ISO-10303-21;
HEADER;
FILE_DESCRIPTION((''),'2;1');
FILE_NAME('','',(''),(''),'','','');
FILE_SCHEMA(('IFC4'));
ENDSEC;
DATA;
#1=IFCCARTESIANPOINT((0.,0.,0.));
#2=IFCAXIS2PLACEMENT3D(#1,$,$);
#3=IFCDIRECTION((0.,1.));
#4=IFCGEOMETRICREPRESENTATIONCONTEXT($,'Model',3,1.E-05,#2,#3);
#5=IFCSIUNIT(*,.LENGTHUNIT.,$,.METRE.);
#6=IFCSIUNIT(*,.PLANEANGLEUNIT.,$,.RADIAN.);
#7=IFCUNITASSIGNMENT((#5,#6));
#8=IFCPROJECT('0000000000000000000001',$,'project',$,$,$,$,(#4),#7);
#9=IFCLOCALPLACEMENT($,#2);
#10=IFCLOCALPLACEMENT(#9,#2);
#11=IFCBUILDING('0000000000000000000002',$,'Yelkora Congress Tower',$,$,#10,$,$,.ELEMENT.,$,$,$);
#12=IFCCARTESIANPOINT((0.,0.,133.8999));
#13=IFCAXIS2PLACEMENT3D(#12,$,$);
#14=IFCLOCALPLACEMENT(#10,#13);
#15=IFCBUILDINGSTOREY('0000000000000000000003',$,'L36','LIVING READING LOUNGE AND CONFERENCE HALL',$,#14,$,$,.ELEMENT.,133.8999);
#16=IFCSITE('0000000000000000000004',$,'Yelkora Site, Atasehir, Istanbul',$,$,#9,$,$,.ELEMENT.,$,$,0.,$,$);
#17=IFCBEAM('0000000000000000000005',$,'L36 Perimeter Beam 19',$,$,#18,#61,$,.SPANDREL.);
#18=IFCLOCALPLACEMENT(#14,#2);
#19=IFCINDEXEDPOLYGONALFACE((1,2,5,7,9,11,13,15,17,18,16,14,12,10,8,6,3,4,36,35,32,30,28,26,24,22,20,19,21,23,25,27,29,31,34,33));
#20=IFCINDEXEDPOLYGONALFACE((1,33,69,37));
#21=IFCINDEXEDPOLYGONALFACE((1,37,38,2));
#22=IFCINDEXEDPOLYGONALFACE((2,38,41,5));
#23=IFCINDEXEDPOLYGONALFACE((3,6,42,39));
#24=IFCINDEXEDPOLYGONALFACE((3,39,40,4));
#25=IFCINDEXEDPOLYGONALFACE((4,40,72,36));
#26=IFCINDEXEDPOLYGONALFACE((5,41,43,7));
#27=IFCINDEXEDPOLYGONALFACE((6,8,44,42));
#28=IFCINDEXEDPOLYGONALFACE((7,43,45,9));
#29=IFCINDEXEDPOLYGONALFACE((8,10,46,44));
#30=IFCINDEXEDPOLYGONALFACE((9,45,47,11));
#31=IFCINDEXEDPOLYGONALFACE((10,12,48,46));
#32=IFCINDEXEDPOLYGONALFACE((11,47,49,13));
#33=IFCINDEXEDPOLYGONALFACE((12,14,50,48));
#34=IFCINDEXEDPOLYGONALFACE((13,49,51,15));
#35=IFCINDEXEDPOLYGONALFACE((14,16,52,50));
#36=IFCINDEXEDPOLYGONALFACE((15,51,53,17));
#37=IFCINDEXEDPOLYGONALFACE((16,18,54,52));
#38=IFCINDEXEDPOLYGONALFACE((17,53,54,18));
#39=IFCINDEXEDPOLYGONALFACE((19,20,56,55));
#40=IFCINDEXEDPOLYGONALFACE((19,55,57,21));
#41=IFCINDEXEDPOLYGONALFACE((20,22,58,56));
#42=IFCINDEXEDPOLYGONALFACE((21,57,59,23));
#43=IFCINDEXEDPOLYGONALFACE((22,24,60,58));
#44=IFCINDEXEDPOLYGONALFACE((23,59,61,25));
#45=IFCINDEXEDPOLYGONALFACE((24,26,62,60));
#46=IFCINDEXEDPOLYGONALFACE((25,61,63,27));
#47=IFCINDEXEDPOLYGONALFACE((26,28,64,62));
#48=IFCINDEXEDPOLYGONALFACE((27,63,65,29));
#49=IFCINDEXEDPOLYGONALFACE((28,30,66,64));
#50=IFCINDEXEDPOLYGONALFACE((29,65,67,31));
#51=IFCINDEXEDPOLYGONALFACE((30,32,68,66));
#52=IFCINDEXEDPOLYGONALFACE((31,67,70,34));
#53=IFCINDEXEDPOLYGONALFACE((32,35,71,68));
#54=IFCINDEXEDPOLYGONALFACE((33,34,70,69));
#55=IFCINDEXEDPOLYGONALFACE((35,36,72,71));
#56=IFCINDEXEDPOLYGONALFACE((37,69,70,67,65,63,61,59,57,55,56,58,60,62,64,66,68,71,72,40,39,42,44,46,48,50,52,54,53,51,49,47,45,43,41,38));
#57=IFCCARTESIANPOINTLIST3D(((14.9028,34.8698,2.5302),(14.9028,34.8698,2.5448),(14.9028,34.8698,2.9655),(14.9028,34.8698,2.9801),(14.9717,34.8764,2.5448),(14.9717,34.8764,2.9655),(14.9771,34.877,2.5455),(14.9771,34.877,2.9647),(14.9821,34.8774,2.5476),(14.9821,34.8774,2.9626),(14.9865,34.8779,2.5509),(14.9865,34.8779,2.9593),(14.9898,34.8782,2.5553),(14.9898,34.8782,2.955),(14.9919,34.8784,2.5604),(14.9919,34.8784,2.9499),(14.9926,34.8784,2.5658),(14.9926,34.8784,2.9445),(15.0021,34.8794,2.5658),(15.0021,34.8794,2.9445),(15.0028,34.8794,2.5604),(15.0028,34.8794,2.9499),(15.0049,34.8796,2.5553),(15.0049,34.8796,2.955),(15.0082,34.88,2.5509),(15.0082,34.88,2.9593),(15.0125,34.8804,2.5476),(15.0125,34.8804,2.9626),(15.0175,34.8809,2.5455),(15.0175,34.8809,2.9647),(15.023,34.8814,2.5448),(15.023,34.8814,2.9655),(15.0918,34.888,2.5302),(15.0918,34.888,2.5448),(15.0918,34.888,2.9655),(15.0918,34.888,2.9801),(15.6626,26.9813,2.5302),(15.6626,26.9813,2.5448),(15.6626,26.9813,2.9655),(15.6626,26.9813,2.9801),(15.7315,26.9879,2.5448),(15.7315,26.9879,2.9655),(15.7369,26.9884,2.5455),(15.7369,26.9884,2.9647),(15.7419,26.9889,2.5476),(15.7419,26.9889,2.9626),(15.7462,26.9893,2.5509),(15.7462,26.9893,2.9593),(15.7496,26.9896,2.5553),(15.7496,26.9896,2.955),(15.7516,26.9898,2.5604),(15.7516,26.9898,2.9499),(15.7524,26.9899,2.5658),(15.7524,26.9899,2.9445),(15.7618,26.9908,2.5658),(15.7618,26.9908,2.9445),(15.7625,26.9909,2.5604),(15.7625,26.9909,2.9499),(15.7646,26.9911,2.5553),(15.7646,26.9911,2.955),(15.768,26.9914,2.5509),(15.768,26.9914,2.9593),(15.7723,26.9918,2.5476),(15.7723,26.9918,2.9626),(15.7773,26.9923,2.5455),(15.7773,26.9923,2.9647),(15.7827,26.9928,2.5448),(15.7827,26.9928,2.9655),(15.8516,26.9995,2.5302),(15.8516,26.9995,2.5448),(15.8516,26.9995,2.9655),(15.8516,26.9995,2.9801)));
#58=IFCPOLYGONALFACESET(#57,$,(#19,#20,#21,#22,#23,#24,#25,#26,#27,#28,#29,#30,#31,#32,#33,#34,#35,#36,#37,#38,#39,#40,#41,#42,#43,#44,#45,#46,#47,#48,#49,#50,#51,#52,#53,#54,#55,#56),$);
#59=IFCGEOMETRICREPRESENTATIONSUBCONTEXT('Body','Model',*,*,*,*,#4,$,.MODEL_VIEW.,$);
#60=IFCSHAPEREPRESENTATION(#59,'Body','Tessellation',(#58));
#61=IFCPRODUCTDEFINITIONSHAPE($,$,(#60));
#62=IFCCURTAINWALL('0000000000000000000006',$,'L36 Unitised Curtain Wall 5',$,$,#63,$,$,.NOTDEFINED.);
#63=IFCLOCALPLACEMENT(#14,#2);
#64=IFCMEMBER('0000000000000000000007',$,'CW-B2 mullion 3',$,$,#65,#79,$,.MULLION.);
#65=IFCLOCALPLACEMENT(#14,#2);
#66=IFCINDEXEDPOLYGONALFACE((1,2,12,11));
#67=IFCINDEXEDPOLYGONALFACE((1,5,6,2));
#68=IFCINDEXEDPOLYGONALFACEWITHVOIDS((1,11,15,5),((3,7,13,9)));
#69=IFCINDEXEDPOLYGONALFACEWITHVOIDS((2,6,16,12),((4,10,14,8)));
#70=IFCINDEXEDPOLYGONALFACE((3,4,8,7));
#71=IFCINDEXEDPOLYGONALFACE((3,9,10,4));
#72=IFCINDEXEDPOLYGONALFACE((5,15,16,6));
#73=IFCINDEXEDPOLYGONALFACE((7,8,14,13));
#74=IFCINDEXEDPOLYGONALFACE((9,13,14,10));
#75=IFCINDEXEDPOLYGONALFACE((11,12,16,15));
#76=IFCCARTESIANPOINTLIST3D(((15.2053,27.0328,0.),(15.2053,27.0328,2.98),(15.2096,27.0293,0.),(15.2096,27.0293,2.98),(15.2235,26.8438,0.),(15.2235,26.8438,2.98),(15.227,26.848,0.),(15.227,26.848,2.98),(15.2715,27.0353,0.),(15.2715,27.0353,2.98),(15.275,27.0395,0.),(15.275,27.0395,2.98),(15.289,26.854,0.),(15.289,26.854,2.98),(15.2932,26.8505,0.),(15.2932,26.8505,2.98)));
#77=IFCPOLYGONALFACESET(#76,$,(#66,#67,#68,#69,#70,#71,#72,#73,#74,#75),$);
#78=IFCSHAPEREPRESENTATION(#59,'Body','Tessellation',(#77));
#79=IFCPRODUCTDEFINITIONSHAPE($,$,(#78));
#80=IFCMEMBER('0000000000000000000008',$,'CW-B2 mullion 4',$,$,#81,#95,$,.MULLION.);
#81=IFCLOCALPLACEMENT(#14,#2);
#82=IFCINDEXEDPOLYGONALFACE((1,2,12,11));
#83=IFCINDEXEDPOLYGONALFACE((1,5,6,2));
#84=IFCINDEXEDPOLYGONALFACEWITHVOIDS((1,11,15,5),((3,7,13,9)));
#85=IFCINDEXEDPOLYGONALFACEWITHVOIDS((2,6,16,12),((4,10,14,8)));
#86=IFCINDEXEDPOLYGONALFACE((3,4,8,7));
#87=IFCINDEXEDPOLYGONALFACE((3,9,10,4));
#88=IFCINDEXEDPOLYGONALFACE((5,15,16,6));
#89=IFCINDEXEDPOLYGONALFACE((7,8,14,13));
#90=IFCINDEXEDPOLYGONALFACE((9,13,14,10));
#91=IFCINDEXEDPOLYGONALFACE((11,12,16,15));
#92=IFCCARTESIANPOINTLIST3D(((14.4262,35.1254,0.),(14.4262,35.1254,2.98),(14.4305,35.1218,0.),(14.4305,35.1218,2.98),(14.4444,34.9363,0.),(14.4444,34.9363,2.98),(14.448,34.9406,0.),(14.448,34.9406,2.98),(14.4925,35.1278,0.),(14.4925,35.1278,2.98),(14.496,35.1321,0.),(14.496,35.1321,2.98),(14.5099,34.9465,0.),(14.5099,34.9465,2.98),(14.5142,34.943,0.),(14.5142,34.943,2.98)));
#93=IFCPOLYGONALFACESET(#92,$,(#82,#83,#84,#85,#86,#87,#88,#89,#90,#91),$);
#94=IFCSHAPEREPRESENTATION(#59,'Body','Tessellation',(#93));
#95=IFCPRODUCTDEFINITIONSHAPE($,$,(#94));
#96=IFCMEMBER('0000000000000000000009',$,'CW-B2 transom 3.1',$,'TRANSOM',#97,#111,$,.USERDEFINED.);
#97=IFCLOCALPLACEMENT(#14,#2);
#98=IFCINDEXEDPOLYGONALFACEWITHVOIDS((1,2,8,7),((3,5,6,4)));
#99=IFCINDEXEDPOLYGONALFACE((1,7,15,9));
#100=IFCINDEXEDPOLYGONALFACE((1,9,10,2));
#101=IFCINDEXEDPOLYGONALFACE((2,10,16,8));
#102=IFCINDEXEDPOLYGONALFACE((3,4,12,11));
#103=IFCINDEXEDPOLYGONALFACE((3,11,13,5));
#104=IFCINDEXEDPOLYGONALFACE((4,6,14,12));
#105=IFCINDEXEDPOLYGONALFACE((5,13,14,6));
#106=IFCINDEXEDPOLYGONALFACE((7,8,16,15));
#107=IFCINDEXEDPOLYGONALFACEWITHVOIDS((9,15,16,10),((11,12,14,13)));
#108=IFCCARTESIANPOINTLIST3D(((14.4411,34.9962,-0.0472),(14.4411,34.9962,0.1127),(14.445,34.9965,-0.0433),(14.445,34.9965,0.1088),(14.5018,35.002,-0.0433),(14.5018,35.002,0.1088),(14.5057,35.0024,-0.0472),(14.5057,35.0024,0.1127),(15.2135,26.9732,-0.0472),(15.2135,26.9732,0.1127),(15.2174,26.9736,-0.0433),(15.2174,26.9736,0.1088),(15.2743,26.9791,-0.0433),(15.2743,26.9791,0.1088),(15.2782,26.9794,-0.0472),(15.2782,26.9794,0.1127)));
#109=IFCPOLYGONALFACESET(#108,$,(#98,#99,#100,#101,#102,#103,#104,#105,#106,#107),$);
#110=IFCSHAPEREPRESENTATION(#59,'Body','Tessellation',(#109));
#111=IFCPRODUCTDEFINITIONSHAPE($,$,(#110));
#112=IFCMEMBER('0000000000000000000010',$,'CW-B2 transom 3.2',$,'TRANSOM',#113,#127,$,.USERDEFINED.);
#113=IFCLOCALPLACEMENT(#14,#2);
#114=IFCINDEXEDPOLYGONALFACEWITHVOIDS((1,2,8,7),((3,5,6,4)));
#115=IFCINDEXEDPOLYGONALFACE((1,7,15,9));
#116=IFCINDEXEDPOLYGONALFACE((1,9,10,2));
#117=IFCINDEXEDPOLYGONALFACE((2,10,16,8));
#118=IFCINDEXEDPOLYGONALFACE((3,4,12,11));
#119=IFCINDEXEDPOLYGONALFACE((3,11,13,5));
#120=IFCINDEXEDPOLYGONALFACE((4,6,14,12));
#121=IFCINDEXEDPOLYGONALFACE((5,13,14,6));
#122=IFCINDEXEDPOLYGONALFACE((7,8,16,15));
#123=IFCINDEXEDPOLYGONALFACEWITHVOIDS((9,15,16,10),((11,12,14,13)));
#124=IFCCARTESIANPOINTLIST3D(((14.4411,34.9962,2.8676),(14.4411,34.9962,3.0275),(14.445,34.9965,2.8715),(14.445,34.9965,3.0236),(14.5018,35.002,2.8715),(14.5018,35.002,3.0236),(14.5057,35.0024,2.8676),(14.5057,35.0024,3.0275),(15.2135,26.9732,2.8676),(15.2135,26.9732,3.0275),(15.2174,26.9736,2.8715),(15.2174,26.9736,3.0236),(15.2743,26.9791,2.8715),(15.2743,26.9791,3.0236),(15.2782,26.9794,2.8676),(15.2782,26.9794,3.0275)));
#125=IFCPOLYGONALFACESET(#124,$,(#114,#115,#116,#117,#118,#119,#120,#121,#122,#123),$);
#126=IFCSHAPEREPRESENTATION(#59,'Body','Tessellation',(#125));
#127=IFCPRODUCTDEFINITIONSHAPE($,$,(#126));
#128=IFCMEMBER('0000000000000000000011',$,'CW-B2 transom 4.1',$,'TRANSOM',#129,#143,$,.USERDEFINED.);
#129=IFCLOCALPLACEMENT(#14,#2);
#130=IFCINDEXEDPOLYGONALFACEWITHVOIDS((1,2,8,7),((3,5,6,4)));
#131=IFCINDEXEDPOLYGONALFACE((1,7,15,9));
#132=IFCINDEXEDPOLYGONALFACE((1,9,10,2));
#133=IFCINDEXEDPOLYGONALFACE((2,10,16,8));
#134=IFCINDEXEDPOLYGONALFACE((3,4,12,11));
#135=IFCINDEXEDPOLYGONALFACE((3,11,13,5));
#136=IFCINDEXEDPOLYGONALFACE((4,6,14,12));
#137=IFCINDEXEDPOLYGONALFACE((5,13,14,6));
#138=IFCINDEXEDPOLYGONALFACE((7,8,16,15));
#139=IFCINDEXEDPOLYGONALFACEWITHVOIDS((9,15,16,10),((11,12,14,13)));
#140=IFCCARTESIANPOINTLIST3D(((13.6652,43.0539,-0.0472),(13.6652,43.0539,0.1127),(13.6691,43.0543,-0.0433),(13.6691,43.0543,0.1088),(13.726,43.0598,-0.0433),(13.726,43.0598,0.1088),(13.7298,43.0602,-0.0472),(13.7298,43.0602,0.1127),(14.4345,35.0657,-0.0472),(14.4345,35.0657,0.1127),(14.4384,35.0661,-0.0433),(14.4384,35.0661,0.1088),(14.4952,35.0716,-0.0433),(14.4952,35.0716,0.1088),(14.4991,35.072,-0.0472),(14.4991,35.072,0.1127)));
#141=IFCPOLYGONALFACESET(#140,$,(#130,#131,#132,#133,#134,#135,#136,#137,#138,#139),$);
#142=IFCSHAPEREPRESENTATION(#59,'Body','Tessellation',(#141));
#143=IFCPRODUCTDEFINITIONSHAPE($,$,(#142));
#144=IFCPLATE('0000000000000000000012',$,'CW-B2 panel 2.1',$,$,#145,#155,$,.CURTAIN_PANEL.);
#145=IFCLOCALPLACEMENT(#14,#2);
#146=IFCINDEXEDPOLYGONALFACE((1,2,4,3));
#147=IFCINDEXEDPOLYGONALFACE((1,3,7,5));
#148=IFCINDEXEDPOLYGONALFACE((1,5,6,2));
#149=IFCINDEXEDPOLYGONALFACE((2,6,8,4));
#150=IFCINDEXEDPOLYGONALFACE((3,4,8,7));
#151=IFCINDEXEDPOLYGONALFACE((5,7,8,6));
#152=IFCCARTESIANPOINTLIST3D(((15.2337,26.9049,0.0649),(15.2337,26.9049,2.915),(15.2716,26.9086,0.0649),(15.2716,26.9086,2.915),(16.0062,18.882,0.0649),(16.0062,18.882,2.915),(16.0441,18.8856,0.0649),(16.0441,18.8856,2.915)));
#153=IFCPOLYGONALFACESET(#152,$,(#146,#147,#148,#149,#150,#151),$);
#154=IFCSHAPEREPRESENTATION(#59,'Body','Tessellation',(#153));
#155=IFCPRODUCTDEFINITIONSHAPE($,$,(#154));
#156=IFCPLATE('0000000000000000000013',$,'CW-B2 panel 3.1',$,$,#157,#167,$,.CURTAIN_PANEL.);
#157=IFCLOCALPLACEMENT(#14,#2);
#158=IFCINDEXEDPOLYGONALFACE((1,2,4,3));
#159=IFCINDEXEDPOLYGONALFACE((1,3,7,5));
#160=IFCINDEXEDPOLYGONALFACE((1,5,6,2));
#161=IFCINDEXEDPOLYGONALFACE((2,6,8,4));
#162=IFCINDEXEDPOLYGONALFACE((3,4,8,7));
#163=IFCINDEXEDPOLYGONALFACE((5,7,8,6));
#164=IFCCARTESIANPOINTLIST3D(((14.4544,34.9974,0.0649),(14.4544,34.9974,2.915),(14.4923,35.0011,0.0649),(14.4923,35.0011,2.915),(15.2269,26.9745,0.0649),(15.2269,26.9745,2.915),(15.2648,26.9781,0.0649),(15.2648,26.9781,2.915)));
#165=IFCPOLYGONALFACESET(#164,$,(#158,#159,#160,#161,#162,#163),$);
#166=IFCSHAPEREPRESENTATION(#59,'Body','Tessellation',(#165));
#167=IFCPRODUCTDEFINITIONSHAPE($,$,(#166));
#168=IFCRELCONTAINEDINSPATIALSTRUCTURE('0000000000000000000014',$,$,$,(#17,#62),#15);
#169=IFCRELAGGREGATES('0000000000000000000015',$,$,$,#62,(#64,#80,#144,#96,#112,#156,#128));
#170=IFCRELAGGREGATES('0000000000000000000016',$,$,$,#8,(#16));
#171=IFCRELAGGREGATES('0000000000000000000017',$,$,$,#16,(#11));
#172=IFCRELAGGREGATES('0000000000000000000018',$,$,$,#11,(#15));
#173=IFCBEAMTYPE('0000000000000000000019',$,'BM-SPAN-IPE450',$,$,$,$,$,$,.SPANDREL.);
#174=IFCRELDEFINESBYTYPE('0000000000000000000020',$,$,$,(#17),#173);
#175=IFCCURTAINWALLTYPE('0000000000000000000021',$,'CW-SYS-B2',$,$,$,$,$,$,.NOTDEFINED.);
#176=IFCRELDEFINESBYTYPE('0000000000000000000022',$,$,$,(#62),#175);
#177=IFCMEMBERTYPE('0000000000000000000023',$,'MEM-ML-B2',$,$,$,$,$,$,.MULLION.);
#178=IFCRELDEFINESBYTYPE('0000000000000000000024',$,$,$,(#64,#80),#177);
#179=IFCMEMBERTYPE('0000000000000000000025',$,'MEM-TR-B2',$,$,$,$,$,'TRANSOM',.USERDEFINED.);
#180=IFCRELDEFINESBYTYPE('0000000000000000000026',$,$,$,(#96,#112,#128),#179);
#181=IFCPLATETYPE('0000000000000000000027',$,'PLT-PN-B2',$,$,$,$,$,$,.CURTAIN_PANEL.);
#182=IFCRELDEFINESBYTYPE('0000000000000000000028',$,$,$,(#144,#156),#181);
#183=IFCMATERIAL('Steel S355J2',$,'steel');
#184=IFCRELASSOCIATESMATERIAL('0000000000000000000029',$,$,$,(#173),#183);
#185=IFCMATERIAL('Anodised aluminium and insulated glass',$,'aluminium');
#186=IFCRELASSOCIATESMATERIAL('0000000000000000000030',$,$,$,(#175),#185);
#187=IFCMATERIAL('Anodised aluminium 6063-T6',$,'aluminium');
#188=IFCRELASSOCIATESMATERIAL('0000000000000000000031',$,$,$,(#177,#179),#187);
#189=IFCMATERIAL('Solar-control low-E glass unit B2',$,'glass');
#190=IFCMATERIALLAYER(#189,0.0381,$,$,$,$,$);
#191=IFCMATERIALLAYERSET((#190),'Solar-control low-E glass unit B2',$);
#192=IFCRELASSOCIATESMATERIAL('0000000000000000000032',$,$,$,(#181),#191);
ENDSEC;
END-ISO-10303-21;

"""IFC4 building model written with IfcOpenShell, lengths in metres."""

from ifc_helpers import new_model, si_unit, direction, frame, origin, origin_2d, place, context, subcontext, project, spatial, rectangle, hollow_rectangle, i_section, extrude, material, layer, layer_set, material_profile, profile_set, type_object, element, aggregate, save


model = new_model("IFC4")

# Units and contexts
model_context = context("Model", 3, precision=1e-05, world=origin(), true_north=direction((0.0, 1.0)))
body_context = subcontext(model_context, "Body", "Model", "MODEL_VIEW")
ifc_project = project(units=[si_unit("LENGTHUNIT", "METRE"), si_unit("PLANEANGLEUNIT", "RADIAN")], contexts=[model_context])

# Site, building, storey
site_placement = place(None, origin())
site = spatial("IfcSite", under=ifc_project, at=site_placement, Name="Yelkora Site, Atasehir, Istanbul", CompositionType="ELEMENT", RefElevation=0.0)
building_placement = place(site_placement, origin())
building = spatial("IfcBuilding", under=site, at=building_placement, Name="Yelkora Congress Tower", CompositionType="ELEMENT")
storey_placement = place(building_placement, frame((0.0, 0.0, 133.8999)))
storey = spatial("IfcBuildingStorey", under=building, at=storey_placement, Name="L36", Description="LIVING READING LOUNGE AND CONFERENCE HALL", CompositionType="ELEMENT", Elevation=133.8999)

# Beam
ifc_material_1 = material(Name="Steel S355J2", Category="steel")
ifc_material_profile_1 = material_profile(ifc_material_1, i_section(OverallWidth=0.1899, OverallDepth=0.45, WebThickness=0.0095, FlangeThickness=0.0146, FilletRadius=0.021, at=origin_2d()), Name="IPE 450")
ifc_profile_set_1 = profile_set([ifc_material_profile_1], Name="Steel S355J2")
beam_type_1 = type_object("IfcBeamType", Name="BM-SPAN-IPE450", PredefinedType="SPANDREL", material=ifc_profile_set_1)
beam_1_placement = place(storey_placement, frame((14.9973, 34.8789, 2.7551), z_axis=(0.09587, -0.995394, 0.0), x_axis=(0.995394, 0.09587, 0.0)))
element("IfcBeam", 1, at=beam_1_placement, inside=storey, type_object=beam_type_1, Name="L36 Perimeter Beam 19", PredefinedType="SPANDREL", context=body_context, shape_type="SweptSolid", body=[
    extrude(i_section(OverallWidth=0.1899, OverallDepth=0.45, WebThickness=0.0095, FlangeThickness=0.0146, FilletRadius=0.021, at=origin_2d()), origin(), (0.0, 0.0, 1.0), 7.925),
])

# Curtain wall, members, plates
ifc_material_2 = material(Name="Anodised aluminium and insulated glass", Category="aluminium")
curtain_wall_type = type_object("IfcCurtainWallType", Name="CW-SYS-B2", PredefinedType="NOTDEFINED", material=ifc_material_2)
curtain_wall_placement = place(storey_placement, origin())
curtain_wall = element("IfcCurtainWall", 2, at=curtain_wall_placement, inside=storey, type_object=curtain_wall_type, Name="L36 Unitised Curtain Wall 5", PredefinedType="NOTDEFINED")
ifc_material_3 = material(Name="Anodised aluminium 6063-T6", Category="aluminium")
ifc_material_profile_2 = material_profile(ifc_material_3, hollow_rectangle(XDim=0.0701, YDim=0.1899, WallThickness=0.0039, at=origin_2d()), Name="ALU 70x190x4")
ifc_profile_set_2 = profile_set([ifc_material_profile_2], Name="Anodised aluminium 6063-T6")
member_type_1 = type_object("IfcMemberType", Name="MEM-ML-B2", PredefinedType="MULLION", material=ifc_profile_set_2)
member_1_placement = place(storey_placement, frame((15.2493, 26.9417, 0.0), z_axis=(0.0, 0.0, 1.0), x_axis=(-0.995397, -0.095843, 0.0)))
member_1 = element("IfcMember", 3, at=member_1_placement, type_object=member_type_1, Name="CW-B2 mullion 3", PredefinedType="MULLION", context=body_context, shape_type="SweptSolid", body=[
    extrude(hollow_rectangle(XDim=0.0701, YDim=0.1899, WallThickness=0.0039, at=origin_2d()), origin(), (0.0, 0.0, 1.0), 2.98),
])
member_2_placement = place(storey_placement, frame((14.4702, 35.0342, 0.0), z_axis=(0.0, 0.0, 1.0), x_axis=(-0.995397, -0.095843, 0.0)))
member_2 = element("IfcMember", 4, at=member_2_placement, type_object=member_type_1, Name="CW-B2 mullion 4", PredefinedType="MULLION", context=body_context, shape_type="SweptSolid", body=[
    extrude(hollow_rectangle(XDim=0.0701, YDim=0.1899, WallThickness=0.0039, at=origin_2d()), origin(), (0.0, 0.0, 1.0), 2.98),
])
ifc_material_profile_3 = material_profile(ifc_material_3, hollow_rectangle(XDim=0.0649, YDim=0.1599, WallThickness=0.0039, at=origin_2d()), Name="ALU 65x160x4")
ifc_profile_set_3 = profile_set([ifc_material_profile_3], Name="Anodised aluminium 6063-T6")
member_type_2 = type_object("IfcMemberType", Name="MEM-TR-B2", ElementType="TRANSOM", PredefinedType="USERDEFINED", material=ifc_profile_set_3)
member_3_placement = place(storey_placement, frame((15.2458, 26.9763, 0.0327), z_axis=(-0.095838, 0.995397, 0.0), x_axis=(-0.995397, -0.095838, 0.0)))
member_3 = element("IfcMember", 5, at=member_3_placement, type_object=member_type_2, Name="CW-B2 transom 3.1", ObjectType="TRANSOM", PredefinedType="USERDEFINED", context=body_context, shape_type="SweptSolid", body=[
    extrude(hollow_rectangle(XDim=0.0649, YDim=0.1599, WallThickness=0.0039, at=origin_2d()), origin(), (0.0, 0.0, 1.0), 8.0601),
])
member_4_placement = place(storey_placement, frame((15.2458, 26.9763, 2.9475), z_axis=(-0.095838, 0.995397, 0.0), x_axis=(-0.995397, -0.095838, 0.0)))
member_4 = element("IfcMember", 6, at=member_4_placement, type_object=member_type_2, Name="CW-B2 transom 3.2", ObjectType="TRANSOM", PredefinedType="USERDEFINED", context=body_context, shape_type="SweptSolid", body=[
    extrude(hollow_rectangle(XDim=0.0649, YDim=0.1599, WallThickness=0.0039, at=origin_2d()), origin(), (0.0, 0.0, 1.0), 8.0601),
])
member_5_placement = place(storey_placement, frame((14.4668, 35.0688, 0.0327), z_axis=(-0.095858, 0.995395, 0.0), x_axis=(-0.995395, -0.095858, 0.0)))
member_5 = element("IfcMember", 7, at=member_5_placement, type_object=member_type_2, Name="CW-B2 transom 4.1", ObjectType="TRANSOM", PredefinedType="USERDEFINED", context=body_context, shape_type="SweptSolid", body=[
    extrude(hollow_rectangle(XDim=0.0649, YDim=0.1599, WallThickness=0.0039, at=origin_2d()), origin(), (0.0, 0.0, 1.0), 8.0251),
])
ifc_material_4 = material(Name="Solar-control low-E glass unit B2", Category="glass")
ifc_layer_1 = layer(ifc_material_4, 0.0381)
ifc_layer_set_1 = layer_set([ifc_layer_1], Name="Solar-control low-E glass unit B2")
plate_type = type_object("IfcPlateType", Name="PLT-PN-B2", PredefinedType="CURTAIN_PANEL", material=ifc_layer_set_1)
plate_1_placement = place(storey_placement, frame((15.6389, 22.8953, 0.0649), z_axis=(0.0, 0.0, 1.0), x_axis=(-0.095843, 0.995397, 0.0)))
plate_1 = element("IfcPlate", 8, at=plate_1_placement, type_object=plate_type, Name="CW-B2 panel 2.1", PredefinedType="CURTAIN_PANEL", context=body_context, shape_type="SweptSolid", body=[
    extrude(rectangle(XDim=8.0601, YDim=0.0381, at=origin_2d()), origin(), (0.0, 0.0, 1.0), 2.8501),
])
plate_2_placement = place(storey_placement, frame((14.8596, 30.9878, 0.0649), z_axis=(0.0, 0.0, 1.0), x_axis=(-0.095843, 0.995397, 0.0)))
plate_2 = element("IfcPlate", 9, at=plate_2_placement, type_object=plate_type, Name="CW-B2 panel 3.1", PredefinedType="CURTAIN_PANEL", context=body_context, shape_type="SweptSolid", body=[
    extrude(rectangle(XDim=8.0601, YDim=0.0381, at=origin_2d()), origin(), (0.0, 0.0, 1.0), 2.8501),
])
aggregate(curtain_wall, [member_1, member_2, plate_1, member_3, member_4, plate_2, member_5])

save(model, "model.ifc")
